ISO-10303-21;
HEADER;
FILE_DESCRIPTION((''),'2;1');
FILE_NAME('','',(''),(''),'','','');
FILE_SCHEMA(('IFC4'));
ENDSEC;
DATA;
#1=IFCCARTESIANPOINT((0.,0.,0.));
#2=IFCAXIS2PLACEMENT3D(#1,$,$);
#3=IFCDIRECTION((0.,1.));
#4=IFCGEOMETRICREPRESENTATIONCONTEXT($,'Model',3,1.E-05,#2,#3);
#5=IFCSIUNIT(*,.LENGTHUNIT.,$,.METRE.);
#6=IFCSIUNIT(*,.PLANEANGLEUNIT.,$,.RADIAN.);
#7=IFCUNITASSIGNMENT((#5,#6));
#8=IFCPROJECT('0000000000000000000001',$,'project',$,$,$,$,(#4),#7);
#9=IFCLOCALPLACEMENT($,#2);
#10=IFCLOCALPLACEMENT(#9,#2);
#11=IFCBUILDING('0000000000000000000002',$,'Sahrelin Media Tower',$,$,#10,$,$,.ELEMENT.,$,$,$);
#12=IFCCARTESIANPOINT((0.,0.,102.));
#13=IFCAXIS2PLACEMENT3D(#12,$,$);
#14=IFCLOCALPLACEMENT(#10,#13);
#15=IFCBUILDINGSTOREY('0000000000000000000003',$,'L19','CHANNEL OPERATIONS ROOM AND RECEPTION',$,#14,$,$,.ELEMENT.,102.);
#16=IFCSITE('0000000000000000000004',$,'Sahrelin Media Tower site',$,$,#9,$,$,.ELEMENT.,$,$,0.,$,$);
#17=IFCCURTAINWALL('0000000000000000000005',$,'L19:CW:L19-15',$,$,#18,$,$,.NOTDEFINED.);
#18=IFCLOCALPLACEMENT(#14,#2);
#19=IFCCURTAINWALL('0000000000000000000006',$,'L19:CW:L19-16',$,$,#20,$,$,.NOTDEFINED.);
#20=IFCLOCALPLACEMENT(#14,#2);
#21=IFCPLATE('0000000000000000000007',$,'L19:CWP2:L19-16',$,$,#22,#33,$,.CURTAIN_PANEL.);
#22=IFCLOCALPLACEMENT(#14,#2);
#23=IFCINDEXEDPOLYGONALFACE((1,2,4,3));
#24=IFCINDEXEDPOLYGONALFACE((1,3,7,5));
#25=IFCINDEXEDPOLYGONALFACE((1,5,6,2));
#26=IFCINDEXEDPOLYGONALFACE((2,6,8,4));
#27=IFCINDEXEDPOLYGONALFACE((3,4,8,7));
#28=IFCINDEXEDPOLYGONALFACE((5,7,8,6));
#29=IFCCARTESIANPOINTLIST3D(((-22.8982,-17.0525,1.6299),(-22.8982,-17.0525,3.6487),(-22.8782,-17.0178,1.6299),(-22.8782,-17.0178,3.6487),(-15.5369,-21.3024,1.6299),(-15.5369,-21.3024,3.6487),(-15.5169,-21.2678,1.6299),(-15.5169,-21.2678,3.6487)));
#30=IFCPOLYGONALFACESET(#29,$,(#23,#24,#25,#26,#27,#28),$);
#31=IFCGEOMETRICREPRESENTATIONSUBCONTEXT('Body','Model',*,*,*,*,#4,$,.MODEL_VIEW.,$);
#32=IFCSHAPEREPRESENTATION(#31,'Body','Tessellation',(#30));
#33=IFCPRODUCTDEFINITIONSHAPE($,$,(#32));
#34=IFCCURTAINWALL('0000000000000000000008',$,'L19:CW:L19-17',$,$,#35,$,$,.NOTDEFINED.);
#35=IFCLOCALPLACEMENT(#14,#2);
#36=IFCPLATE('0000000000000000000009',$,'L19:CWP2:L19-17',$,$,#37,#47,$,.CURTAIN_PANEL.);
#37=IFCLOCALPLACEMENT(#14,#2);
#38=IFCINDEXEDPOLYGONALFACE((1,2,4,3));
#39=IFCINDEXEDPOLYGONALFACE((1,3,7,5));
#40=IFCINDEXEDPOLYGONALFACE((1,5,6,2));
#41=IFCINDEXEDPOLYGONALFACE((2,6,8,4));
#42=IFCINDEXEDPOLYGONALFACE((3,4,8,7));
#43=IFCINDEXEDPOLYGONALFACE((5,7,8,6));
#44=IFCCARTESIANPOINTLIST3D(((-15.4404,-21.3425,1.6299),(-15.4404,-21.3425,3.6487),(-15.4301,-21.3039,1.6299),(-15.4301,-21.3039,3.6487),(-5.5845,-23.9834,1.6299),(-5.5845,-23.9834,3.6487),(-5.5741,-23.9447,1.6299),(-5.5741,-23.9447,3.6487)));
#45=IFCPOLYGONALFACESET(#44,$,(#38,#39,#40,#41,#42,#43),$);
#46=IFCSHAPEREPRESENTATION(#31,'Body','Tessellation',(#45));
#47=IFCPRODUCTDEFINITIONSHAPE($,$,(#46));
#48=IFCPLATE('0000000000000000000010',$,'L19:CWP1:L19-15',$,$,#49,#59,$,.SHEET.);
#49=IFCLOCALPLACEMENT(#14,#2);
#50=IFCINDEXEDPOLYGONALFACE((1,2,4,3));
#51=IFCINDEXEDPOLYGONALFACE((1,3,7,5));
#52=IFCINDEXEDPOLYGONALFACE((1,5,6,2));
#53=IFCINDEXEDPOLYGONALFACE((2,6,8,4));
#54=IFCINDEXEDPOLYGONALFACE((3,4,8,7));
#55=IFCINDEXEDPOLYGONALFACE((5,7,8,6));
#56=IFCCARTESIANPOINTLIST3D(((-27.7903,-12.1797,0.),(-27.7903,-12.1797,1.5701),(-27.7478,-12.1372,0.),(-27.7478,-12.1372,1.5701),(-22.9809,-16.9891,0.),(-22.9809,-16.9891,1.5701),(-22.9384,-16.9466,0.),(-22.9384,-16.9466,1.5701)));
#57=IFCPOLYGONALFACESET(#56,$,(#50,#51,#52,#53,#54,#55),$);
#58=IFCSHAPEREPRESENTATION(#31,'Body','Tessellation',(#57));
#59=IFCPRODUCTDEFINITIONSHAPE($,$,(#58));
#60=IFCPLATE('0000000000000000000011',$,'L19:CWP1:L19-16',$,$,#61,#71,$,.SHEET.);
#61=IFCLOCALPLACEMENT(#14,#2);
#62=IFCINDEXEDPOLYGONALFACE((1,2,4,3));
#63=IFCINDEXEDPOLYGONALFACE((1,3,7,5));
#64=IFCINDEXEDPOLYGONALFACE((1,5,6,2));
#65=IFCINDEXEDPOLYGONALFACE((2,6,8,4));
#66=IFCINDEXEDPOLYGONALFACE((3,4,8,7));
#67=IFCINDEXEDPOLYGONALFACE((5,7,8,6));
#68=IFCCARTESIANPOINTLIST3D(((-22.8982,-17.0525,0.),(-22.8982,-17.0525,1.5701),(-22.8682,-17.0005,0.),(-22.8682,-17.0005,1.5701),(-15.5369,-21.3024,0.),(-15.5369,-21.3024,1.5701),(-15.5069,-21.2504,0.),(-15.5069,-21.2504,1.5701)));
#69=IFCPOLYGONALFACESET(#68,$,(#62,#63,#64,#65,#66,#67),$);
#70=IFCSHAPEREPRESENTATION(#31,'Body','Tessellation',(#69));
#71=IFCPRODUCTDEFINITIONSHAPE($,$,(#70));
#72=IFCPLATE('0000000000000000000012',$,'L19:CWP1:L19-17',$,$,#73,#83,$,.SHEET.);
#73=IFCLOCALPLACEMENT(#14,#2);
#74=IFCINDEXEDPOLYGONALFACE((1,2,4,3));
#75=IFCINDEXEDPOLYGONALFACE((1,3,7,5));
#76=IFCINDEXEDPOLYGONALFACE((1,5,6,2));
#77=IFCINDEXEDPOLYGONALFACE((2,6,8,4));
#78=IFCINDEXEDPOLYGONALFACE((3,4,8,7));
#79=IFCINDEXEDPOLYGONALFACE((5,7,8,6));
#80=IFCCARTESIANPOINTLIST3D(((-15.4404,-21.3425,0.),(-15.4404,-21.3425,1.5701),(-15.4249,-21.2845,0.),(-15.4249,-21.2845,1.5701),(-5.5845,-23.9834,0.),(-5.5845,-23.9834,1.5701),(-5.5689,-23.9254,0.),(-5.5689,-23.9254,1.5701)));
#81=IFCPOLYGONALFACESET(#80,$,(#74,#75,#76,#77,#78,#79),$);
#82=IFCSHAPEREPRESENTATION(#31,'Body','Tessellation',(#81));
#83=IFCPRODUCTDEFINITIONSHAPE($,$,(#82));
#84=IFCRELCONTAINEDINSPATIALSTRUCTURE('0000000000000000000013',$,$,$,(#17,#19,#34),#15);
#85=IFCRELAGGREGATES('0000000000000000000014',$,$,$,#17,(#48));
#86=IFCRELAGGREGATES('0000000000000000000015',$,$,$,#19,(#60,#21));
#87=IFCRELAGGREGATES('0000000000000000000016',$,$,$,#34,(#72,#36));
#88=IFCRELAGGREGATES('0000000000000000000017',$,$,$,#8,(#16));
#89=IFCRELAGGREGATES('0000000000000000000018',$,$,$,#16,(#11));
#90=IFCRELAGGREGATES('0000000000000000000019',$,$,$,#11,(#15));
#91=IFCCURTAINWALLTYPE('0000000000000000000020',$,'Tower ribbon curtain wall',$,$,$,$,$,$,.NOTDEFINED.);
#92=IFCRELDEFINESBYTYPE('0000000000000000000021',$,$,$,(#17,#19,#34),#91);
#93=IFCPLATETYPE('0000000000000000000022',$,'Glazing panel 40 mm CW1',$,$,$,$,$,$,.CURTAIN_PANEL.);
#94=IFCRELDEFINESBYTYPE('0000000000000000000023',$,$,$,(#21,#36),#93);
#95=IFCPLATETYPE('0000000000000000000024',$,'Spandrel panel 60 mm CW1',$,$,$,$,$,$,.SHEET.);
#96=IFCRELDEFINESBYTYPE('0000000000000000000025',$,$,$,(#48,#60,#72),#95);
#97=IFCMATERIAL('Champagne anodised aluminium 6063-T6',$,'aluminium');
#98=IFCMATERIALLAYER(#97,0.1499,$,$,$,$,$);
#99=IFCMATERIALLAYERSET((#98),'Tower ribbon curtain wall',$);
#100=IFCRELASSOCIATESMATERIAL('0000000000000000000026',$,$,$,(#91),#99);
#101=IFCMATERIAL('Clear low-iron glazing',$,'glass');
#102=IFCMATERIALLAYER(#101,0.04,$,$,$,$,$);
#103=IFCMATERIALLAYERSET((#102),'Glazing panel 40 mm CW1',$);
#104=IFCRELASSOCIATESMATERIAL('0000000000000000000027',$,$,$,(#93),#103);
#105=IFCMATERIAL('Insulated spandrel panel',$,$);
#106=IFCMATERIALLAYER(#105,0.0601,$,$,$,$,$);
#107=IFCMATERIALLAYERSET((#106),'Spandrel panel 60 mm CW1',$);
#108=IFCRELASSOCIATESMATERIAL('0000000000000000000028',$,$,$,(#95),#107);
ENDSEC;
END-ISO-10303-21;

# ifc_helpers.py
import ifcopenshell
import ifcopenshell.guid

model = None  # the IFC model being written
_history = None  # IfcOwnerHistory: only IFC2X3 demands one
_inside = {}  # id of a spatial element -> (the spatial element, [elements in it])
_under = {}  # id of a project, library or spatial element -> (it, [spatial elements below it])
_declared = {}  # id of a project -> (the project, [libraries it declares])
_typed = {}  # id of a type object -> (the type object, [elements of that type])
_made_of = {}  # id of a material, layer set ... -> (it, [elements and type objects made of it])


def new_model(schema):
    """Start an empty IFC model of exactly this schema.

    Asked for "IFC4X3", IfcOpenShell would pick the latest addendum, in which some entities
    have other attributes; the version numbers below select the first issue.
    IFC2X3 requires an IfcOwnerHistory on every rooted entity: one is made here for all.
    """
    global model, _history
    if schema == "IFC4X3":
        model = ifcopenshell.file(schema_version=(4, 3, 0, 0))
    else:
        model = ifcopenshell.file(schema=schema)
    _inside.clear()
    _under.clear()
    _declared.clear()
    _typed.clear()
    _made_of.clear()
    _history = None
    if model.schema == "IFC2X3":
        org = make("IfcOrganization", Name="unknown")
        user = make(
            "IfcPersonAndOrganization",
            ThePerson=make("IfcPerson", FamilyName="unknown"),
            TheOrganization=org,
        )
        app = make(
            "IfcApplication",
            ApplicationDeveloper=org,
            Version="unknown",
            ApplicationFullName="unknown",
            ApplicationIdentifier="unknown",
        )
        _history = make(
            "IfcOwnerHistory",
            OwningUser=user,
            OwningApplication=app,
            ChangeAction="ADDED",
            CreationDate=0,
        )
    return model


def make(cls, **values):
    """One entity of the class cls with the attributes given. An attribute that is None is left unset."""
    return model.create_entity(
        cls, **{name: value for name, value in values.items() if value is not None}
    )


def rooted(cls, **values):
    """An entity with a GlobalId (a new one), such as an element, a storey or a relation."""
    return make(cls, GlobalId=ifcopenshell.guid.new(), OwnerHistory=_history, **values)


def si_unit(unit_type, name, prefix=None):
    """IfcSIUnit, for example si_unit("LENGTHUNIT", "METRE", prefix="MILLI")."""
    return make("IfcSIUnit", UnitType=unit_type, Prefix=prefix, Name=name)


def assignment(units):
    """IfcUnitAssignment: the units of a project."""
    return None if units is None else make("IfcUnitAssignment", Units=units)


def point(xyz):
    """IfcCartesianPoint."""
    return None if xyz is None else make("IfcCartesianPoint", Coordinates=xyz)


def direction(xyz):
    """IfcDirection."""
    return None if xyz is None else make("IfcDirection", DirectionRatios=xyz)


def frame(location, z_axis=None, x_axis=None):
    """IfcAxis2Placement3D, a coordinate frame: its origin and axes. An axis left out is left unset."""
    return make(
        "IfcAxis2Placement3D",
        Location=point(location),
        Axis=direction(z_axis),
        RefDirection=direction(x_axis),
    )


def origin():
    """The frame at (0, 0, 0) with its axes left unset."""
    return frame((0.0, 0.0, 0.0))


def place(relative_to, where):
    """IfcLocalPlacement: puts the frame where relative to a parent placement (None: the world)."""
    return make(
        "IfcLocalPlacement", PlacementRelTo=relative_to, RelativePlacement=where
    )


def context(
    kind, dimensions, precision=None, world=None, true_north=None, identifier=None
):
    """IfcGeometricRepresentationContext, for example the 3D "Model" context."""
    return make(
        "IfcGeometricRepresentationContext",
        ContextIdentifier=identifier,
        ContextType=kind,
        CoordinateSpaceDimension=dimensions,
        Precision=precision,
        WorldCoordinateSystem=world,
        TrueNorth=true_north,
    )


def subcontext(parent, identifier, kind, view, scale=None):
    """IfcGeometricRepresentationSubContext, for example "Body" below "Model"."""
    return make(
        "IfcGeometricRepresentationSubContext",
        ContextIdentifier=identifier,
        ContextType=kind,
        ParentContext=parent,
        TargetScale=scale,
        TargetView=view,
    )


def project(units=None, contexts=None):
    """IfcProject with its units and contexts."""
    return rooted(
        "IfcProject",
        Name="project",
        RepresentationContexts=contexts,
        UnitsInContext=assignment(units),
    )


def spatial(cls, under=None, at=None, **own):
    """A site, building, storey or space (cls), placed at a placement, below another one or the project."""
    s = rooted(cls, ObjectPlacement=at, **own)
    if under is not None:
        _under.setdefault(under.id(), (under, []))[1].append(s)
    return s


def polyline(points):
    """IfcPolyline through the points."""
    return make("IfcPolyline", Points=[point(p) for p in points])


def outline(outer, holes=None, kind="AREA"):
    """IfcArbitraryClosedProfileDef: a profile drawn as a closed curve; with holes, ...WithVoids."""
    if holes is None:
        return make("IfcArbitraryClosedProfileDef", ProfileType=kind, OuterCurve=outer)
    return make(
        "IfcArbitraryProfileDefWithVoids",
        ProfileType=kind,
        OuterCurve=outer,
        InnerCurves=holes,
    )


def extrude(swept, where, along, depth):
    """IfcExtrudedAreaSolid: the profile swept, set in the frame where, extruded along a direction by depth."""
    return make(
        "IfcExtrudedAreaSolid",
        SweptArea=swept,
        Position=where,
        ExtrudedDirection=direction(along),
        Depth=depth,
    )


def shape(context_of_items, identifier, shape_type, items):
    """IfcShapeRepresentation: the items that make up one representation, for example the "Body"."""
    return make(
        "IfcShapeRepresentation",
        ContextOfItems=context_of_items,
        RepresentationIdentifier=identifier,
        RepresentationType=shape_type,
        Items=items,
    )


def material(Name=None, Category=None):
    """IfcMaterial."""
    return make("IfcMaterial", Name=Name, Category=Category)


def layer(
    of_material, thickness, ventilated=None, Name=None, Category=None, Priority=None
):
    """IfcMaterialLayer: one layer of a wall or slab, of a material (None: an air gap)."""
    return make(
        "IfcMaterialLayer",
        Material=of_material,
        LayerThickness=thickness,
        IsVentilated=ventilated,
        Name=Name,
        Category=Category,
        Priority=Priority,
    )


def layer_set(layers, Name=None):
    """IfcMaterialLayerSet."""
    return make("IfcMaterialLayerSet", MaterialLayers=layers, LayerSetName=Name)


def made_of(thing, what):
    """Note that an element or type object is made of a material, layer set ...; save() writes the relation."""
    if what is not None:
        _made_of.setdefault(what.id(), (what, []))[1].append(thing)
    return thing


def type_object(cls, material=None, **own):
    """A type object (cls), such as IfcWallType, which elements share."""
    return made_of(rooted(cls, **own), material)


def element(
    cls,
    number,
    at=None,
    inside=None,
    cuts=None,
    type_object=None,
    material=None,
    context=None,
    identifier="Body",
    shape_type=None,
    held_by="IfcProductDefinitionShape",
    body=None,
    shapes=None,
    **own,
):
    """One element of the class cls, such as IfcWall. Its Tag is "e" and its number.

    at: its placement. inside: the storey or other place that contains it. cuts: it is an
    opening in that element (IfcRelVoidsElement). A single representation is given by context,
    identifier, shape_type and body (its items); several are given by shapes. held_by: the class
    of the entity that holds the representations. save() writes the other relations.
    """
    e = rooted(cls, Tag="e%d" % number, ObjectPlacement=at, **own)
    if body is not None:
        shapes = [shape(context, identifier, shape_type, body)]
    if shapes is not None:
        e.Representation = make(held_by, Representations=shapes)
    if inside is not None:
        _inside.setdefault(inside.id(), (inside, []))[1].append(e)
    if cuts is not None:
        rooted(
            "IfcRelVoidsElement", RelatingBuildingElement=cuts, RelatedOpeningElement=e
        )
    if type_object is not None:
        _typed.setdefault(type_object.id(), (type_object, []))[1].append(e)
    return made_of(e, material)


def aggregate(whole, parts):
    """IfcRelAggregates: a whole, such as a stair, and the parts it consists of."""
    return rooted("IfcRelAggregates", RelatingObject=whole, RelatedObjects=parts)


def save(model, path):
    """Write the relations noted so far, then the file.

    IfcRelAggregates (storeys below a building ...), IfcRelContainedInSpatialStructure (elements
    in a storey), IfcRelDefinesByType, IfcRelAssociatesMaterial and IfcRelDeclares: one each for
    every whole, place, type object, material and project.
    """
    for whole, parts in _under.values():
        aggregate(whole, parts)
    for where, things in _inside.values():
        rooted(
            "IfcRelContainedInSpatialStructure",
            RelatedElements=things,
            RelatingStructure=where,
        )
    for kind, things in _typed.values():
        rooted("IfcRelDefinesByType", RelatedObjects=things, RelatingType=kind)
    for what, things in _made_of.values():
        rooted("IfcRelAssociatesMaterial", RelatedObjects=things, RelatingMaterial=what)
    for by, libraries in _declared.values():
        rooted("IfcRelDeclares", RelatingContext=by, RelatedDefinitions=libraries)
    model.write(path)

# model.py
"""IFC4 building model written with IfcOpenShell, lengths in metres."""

from ifc_helpers import new_model, si_unit, direction, frame, origin, place, context, subcontext, project, spatial, polyline, outline, extrude, material, layer, layer_set, type_object, element, aggregate, save


model = new_model("IFC4")

# Units and contexts
model_context = context("Model", 3, precision=1e-05, world=origin(), true_north=direction((0.0, 1.0)))
body_context = subcontext(model_context, "Body", "Model", "MODEL_VIEW")
ifc_project = project(units=[si_unit("LENGTHUNIT", "METRE"), si_unit("PLANEANGLEUNIT", "RADIAN")], contexts=[model_context])

# Site, building, storey
site_placement = place(None, origin())
site = spatial("IfcSite", under=ifc_project, at=site_placement, Name="Sahrelin Media Tower site", CompositionType="ELEMENT", RefElevation=0.0)
building_placement = place(site_placement, origin())
building = spatial("IfcBuilding", under=site, at=building_placement, Name="Sahrelin Media Tower", CompositionType="ELEMENT")
storey_placement = place(building_placement, frame((0.0, 0.0, 102.0)))
storey = spatial("IfcBuildingStorey", under=building, at=storey_placement, Name="L19", Description="CHANNEL OPERATIONS ROOM AND RECEPTION", CompositionType="ELEMENT", Elevation=102.0)

# Curtain walls
ifc_material_1 = material(Name="Champagne anodised aluminium 6063-T6", Category="aluminium")
ifc_layer_1 = layer(ifc_material_1, 0.1499)
ifc_layer_set_1 = layer_set([ifc_layer_1], Name="Tower ribbon curtain wall")
curtain_wall_type = type_object("IfcCurtainWallType", Name="Tower ribbon curtain wall", PredefinedType="NOTDEFINED", material=ifc_layer_set_1)
curtain_wall_1_placement = place(storey_placement, frame((-25.3713, -14.5703, 0.0), z_axis=(0.0, 0.0, 1.0), x_axis=(1.0, 0.0, 0.0)))
curtain_wall_1 = element("IfcCurtainWall", 1, at=curtain_wall_1_placement, inside=storey, type_object=curtain_wall_type, Name="L19:CW:L19-15", PredefinedType="NOTDEFINED")
curtain_wall_2_placement = place(storey_placement, frame((-19.2075, -19.1604, 0.0), z_axis=(0.0, 0.0, 1.0), x_axis=(1.0, 0.0, 0.0)))
curtain_wall_2 = element("IfcCurtainWall", 2, at=curtain_wall_2_placement, inside=storey, type_object=curtain_wall_type, Name="L19:CW:L19-16", PredefinedType="NOTDEFINED")

# Plate
ifc_material_2 = material(Name="Clear low-iron glazing", Category="glass")
ifc_layer_2 = layer(ifc_material_2, 0.04)
ifc_layer_set_2 = layer_set([ifc_layer_2], Name="Glazing panel 40 mm CW1")
plate_type_1 = type_object("IfcPlateType", Name="Glazing panel 40 mm CW1", PredefinedType="CURTAIN_PANEL", material=ifc_layer_set_2)
plate_1_placement = place(storey_placement, frame((-22.8982, -17.0525, 1.6299), z_axis=(-0.499994, -0.866029, 0.0), x_axis=(0.866029, -0.499994, 0.0)))
plate_1 = element("IfcPlate", 3, at=plate_1_placement, type_object=plate_type_1, Name="L19:CWP2:L19-16", PredefinedType="CURTAIN_PANEL", context=body_context, shape_type="SweptSolid", body=[
    extrude(outline(polyline([(0.0, 0.0), (8.5, 0.0), (8.5, 2.0188), (0.0, 2.0188), (0.0, 0.0)])), origin(), (0.0, 0.0, -1.0), 0.04),
])

# Curtain wall, plate
curtain_wall_3_placement = place(storey_placement, frame((-10.5071, -22.6438, 0.0), z_axis=(0.0, 0.0, 1.0), x_axis=(1.0, 0.0, 0.0)))
curtain_wall_3 = element("IfcCurtainWall", 4, at=curtain_wall_3_placement, inside=storey, type_object=curtain_wall_type, Name="L19:CW:L19-17", PredefinedType="NOTDEFINED")
plate_2_placement = place(storey_placement, frame((-15.4404, -21.3425, 1.6299), z_axis=(-0.258817, -0.965926, 0.0), x_axis=(0.965926, -0.258817, 0.0)))
plate_2 = element("IfcPlate", 5, at=plate_2_placement, type_object=plate_type_1, Name="L19:CWP2:L19-17", PredefinedType="CURTAIN_PANEL", context=body_context, shape_type="SweptSolid", body=[
    extrude(outline(polyline([(0.0, 0.0), (10.2036, 0.0), (10.2036, 2.0188), (0.0, 2.0188), (0.0, 0.0)])), origin(), (0.0, 0.0, -1.0), 0.04),
])

# Plates
ifc_material_3 = material(Name="Insulated spandrel panel")
ifc_layer_3 = layer(ifc_material_3, 0.0601)
ifc_layer_set_3 = layer_set([ifc_layer_3], Name="Spandrel panel 60 mm CW1")
plate_type_2 = type_object("IfcPlateType", Name="Spandrel panel 60 mm CW1", PredefinedType="SHEET", material=ifc_layer_set_3)
plate_3_placement = place(storey_placement, frame((-27.7903, -12.1797, 0.0), z_axis=(-0.707107, -0.707107, 0.0), x_axis=(0.707107, -0.707107, 0.0)))
plate_3 = element("IfcPlate", 6, at=plate_3_placement, type_object=plate_type_2, Name="L19:CWP1:L19-15", PredefinedType="SHEET", context=body_context, shape_type="SweptSolid", body=[
    extrude(outline(polyline([(0.0, 0.0), (6.8015, 0.0), (6.8015, 1.5701), (0.0, 1.5701), (0.0, 0.0)])), origin(), (0.0, 0.0, -1.0), 0.0601),
])
aggregate(curtain_wall_1, [plate_3])
plate_4_placement = place(storey_placement, frame((-22.8982, -17.0525, 0.0), z_axis=(-0.499994, -0.866029, 0.0), x_axis=(0.866029, -0.499994, 0.0)))
plate_4 = element("IfcPlate", 7, at=plate_4_placement, type_object=plate_type_2, Name="L19:CWP1:L19-16", PredefinedType="SHEET", context=body_context, shape_type="SweptSolid", body=[
    extrude(outline(polyline([(0.0, 0.0), (8.5, 0.0), (8.5, 1.5701), (0.0, 1.5701), (0.0, 0.0)])), origin(), (0.0, 0.0, -1.0), 0.0601),
])
aggregate(curtain_wall_2, [plate_4, plate_1])
plate_5_placement = place(storey_placement, frame((-15.4404, -21.3425, 0.0), z_axis=(-0.258817, -0.965926, 0.0), x_axis=(0.965926, -0.258817, 0.0)))
plate_5 = element("IfcPlate", 8, at=plate_5_placement, type_object=plate_type_2, Name="L19:CWP1:L19-17", PredefinedType="SHEET", context=body_context, shape_type="SweptSolid", body=[
    extrude(outline(polyline([(0.0, 0.0), (10.2036, 0.0), (10.2036, 1.5701), (0.0, 1.5701), (0.0, 0.0)])), origin(), (0.0, 0.0, -1.0), 0.0601),
])
aggregate(curtain_wall_3, [plate_5, plate_2])

save(model, "model.ifc")
